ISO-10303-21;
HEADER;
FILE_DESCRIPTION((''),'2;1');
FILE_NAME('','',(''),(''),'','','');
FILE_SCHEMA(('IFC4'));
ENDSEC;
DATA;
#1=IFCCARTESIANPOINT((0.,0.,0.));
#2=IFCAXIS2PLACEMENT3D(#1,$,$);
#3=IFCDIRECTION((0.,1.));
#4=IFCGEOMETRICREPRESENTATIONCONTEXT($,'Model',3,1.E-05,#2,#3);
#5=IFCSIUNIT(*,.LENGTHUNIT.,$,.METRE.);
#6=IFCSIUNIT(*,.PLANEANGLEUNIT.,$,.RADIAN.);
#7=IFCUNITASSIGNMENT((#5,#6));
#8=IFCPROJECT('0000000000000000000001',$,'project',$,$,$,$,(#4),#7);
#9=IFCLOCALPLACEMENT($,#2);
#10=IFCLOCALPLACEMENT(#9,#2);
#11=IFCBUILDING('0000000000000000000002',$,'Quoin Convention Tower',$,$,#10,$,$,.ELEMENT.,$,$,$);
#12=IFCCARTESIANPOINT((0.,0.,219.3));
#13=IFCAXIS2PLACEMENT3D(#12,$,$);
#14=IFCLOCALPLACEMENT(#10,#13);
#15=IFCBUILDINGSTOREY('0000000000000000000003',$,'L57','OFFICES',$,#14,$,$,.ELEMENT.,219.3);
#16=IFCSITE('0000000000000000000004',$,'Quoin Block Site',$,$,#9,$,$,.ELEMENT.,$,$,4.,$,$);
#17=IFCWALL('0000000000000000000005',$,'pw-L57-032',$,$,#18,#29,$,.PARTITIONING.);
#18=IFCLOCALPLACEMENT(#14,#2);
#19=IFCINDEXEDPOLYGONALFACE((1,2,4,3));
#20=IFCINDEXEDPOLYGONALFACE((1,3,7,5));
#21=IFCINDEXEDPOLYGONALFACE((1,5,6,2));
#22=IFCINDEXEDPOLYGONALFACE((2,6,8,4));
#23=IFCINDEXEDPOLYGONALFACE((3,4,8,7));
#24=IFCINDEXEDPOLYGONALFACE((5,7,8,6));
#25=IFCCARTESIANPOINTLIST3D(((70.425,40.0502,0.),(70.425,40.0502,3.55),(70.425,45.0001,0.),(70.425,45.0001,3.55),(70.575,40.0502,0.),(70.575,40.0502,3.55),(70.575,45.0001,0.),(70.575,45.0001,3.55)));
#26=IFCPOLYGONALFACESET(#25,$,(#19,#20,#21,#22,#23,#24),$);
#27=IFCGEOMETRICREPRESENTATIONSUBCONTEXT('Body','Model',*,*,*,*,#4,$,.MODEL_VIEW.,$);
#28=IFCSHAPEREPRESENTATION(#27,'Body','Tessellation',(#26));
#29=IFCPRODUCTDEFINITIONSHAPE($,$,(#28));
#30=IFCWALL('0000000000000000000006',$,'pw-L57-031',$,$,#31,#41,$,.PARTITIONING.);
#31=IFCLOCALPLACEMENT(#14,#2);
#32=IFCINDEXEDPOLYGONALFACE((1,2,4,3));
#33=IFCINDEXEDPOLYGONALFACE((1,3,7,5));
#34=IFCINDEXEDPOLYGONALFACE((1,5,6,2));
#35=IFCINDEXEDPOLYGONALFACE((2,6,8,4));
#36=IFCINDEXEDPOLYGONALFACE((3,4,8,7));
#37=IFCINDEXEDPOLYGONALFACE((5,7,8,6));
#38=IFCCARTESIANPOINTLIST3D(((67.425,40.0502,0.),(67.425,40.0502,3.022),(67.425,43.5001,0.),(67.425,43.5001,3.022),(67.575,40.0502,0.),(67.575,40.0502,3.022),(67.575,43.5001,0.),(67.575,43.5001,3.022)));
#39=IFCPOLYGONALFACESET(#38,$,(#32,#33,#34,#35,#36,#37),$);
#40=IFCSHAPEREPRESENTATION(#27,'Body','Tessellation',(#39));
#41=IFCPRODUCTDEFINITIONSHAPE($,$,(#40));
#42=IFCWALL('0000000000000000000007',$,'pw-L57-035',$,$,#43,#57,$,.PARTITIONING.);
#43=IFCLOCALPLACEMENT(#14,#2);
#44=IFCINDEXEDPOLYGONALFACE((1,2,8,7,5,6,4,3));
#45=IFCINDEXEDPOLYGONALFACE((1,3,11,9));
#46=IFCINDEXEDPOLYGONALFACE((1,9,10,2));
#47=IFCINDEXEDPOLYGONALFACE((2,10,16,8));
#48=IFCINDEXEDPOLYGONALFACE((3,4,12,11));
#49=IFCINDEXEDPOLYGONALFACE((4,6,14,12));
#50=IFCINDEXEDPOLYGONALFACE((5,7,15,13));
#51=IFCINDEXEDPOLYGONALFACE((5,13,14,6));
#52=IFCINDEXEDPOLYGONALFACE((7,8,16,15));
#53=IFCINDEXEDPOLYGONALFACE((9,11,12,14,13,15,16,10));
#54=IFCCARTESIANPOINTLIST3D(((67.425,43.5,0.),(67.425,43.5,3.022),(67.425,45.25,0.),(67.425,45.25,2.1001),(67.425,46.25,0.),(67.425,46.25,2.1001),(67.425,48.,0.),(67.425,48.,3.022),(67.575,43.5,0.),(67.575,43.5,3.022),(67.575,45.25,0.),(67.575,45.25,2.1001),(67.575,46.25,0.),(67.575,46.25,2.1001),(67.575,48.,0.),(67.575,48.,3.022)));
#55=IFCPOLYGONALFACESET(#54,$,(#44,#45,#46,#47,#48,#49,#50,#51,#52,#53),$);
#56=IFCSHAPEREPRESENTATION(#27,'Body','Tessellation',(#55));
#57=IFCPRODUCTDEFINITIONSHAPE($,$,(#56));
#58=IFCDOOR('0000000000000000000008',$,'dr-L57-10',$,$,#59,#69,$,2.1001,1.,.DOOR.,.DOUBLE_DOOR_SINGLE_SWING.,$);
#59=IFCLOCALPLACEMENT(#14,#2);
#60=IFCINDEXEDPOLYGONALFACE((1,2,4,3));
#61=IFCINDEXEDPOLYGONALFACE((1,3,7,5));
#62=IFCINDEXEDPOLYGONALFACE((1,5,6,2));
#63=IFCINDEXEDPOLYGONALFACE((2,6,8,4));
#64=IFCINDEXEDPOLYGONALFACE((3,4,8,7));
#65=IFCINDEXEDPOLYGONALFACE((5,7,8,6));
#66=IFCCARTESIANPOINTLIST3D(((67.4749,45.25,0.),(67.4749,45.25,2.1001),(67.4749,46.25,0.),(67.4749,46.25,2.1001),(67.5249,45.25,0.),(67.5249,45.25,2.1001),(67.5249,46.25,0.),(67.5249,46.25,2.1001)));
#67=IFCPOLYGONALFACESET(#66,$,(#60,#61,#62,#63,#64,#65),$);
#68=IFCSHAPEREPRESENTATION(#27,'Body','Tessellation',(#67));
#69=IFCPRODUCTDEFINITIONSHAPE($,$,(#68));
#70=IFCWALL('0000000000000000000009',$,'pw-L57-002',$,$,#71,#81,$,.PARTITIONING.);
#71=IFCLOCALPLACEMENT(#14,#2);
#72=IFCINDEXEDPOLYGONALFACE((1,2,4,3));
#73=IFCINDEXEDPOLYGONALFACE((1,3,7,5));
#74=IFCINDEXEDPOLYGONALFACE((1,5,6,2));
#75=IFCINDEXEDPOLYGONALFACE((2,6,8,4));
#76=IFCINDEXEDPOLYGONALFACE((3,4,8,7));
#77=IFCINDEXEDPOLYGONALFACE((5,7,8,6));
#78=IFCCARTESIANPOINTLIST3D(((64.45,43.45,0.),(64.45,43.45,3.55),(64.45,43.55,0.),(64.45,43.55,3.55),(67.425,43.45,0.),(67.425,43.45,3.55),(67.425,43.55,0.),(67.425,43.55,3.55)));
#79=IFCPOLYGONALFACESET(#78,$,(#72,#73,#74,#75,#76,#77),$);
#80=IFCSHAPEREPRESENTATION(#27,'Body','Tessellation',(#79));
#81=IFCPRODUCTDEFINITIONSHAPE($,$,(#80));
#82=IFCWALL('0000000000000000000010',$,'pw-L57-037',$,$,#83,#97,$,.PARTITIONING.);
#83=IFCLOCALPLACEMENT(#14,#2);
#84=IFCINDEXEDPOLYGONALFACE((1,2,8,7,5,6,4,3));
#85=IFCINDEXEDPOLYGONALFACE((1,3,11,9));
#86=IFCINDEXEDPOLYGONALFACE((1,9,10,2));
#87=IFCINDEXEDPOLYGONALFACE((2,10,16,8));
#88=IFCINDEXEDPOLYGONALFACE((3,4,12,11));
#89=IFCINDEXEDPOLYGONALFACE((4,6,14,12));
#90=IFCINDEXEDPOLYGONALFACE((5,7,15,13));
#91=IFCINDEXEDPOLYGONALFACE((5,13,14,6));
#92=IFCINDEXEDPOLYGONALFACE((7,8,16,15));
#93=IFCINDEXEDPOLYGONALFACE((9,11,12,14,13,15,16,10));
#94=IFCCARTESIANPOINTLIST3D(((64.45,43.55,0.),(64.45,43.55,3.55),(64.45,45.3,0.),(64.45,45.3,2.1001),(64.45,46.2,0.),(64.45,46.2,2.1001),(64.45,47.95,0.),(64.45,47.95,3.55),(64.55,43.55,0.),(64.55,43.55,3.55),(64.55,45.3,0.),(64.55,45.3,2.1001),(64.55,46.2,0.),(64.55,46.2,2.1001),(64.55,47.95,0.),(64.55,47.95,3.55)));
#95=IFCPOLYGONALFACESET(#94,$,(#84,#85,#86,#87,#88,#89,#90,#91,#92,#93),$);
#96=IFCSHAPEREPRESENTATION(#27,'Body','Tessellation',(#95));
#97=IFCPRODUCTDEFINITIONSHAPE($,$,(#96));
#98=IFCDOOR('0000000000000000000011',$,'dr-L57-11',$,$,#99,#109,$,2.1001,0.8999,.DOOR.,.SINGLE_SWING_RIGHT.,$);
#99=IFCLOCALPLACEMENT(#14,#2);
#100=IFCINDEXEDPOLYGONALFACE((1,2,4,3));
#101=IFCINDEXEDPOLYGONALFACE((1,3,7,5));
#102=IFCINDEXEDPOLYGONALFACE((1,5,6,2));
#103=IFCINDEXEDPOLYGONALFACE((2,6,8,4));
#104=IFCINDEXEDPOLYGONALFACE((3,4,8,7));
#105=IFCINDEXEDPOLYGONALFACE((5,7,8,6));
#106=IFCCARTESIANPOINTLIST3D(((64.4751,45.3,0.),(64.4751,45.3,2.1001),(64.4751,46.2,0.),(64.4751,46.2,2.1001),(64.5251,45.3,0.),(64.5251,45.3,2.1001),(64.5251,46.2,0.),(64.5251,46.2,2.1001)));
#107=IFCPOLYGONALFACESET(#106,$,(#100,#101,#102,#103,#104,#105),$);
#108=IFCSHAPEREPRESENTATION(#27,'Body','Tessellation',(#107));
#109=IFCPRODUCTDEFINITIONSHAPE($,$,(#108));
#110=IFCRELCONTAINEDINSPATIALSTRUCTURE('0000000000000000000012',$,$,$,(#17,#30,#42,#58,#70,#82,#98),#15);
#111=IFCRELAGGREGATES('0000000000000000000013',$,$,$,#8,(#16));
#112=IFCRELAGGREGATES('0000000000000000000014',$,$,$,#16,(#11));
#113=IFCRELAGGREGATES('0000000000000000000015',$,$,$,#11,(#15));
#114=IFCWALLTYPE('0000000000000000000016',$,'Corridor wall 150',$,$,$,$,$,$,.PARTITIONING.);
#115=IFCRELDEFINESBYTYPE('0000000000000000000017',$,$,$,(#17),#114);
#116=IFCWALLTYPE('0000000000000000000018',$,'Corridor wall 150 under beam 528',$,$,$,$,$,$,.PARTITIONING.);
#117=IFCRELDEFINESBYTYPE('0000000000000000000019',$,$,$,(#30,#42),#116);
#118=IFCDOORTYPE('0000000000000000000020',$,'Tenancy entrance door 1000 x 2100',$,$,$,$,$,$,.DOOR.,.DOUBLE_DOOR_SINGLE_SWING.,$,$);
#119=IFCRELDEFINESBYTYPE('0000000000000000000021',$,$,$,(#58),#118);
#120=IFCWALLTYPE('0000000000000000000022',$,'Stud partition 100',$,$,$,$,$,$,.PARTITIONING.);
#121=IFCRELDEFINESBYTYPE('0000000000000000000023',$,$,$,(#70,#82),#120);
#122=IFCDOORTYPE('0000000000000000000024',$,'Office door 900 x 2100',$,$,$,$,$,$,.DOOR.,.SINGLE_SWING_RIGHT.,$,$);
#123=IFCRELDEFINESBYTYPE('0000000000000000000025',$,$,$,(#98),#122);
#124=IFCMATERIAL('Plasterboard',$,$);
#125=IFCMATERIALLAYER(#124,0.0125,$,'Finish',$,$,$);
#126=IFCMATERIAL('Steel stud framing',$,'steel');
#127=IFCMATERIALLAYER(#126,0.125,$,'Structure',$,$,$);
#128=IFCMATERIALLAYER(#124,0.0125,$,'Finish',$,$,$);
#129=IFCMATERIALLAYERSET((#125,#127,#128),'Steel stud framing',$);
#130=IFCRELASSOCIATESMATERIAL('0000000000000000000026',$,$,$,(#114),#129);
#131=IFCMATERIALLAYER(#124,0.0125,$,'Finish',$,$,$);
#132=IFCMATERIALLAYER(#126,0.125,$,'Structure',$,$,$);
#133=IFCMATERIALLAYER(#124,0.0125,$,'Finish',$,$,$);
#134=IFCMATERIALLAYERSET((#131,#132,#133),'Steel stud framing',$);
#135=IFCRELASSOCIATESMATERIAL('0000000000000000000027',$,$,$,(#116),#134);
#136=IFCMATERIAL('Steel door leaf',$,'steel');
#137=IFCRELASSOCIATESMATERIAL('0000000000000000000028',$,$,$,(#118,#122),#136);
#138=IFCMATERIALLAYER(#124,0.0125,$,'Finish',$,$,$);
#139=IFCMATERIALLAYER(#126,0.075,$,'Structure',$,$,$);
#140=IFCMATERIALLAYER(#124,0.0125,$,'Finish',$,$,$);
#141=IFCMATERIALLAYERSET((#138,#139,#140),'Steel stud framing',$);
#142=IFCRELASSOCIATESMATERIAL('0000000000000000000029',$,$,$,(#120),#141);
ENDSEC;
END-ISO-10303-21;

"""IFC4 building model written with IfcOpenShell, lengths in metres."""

from ifc_helpers import new_model, si_unit, direction, frame, frame_2d, origin, place, context, subcontext, project, spatial, rectangle, extrude, material, layer, layer_set, type_object, element, fill, save


model = new_model("IFC4")

# Units and contexts
model_context = context("Model", 3, precision=1e-05, world=origin(), true_north=direction((0.0, 1.0)))
body_context = subcontext(model_context, "Body", "Model", "MODEL_VIEW")
ifc_project = project(units=[si_unit("LENGTHUNIT", "METRE"), si_unit("PLANEANGLEUNIT", "RADIAN")], contexts=[model_context])

# Site, building, storey
site_placement = place(None, origin())
site = spatial("IfcSite", under=ifc_project, at=site_placement, Name="Quoin Block Site", CompositionType="ELEMENT", RefElevation=4.0)
building_placement = place(site_placement, origin())
building = spatial("IfcBuilding", under=site, at=building_placement, Name="Quoin Convention Tower", CompositionType="ELEMENT")
storey_placement = place(building_placement, frame((0.0, 0.0, 219.3)))
storey = spatial("IfcBuildingStorey", under=building, at=storey_placement, Name="L57", Description="OFFICES", CompositionType="ELEMENT", Elevation=219.3)

# Shared definitions
ifc_material_1 = material(Name="Plasterboard")
ifc_material_2 = material(Name="Steel stud framing", Category="steel")

# Walls
ifc_layer_1 = layer(ifc_material_1, 0.0125, Name="Finish")
ifc_layer_2 = layer(ifc_material_2, 0.125, Name="Structure")
ifc_layer_3 = layer(ifc_material_1, 0.0125, Name="Finish")
ifc_layer_set_1 = layer_set([ifc_layer_1, ifc_layer_2, ifc_layer_3], Name="Steel stud framing")
wall_type_1 = type_object("IfcWallType", Name="Corridor wall 150", PredefinedType="PARTITIONING", material=ifc_layer_set_1)
wall_1_placement = place(storey_placement, frame((70.5, 40.05, 0.0), z_axis=(0.0, 0.0, 1.0), x_axis=(0.0, 1.0, 0.0)))
element("IfcWall", 1, at=wall_1_placement, inside=storey, type_object=wall_type_1, Name="pw-L57-032", PredefinedType="PARTITIONING", context=body_context, shape_type="SweptSolid", body=[
    extrude(rectangle(XDim=4.95, YDim=0.1499, at=frame_2d((2.4751, 0.0))), origin(), (0.0, 0.0, 1.0), 3.55),
])
ifc_layer_4 = layer(ifc_material_1, 0.0125, Name="Finish")
ifc_layer_5 = layer(ifc_material_2, 0.125, Name="Structure")
ifc_layer_6 = layer(ifc_material_1, 0.0125, Name="Finish")
ifc_layer_set_2 = layer_set([ifc_layer_4, ifc_layer_5, ifc_layer_6], Name="Steel stud framing")
wall_type_2 = type_object("IfcWallType", Name="Corridor wall 150 under beam 528", PredefinedType="PARTITIONING", material=ifc_layer_set_2)
wall_2_placement = place(storey_placement, frame((67.5, 40.05, 0.0), z_axis=(0.0, 0.0, 1.0), x_axis=(0.0, 1.0, 0.0)))
element("IfcWall", 2, at=wall_2_placement, inside=storey, type_object=wall_type_2, Name="pw-L57-031", PredefinedType="PARTITIONING", context=body_context, shape_type="SweptSolid", body=[
    extrude(rectangle(XDim=3.45, YDim=0.1499, at=frame_2d((1.7251, 0.0))), origin(), (0.0, 0.0, 1.0), 3.022),
])

# Wall, opening, door
wall_3_placement = place(storey_placement, frame((67.5, 43.5, 0.0), z_axis=(0.0, 0.0, 1.0), x_axis=(0.0, 1.0, 0.0)))
wall_3 = element("IfcWall", 3, at=wall_3_placement, inside=storey, type_object=wall_type_2, Name="pw-L57-035", PredefinedType="PARTITIONING", context=body_context, shape_type="SweptSolid", body=[
    extrude(rectangle(XDim=4.5, YDim=0.1499, at=frame_2d((2.25, 0.0))), origin(), (0.0, 0.0, 1.0), 3.022),
])
opening_1_placement = place(wall_3_placement, frame((1.75, 0.0, 0.0)))
opening_1 = element("IfcOpeningElement", 4, at=opening_1_placement, cuts=wall_3, PredefinedType="OPENING", context=body_context, shape_type="SweptSolid", body=[
    extrude(rectangle(XDim=1.0, YDim=2.1001, at=frame_2d((0.5, 1.05))), frame((0.0, 0.085, 0.0), z_axis=(0.0, -1.0, 0.0), x_axis=(1.0, 0.0, 0.0)), (0.0, 0.0, 1.0), 0.1699),
])
ifc_material_3 = material(Name="Steel door leaf", Category="steel")
door_type_1 = type_object("IfcDoorType", Name="Tenancy entrance door 1000 x 2100", OperationType="DOUBLE_DOOR_SINGLE_SWING", PredefinedType="DOOR", material=ifc_material_3)
door_1_placement = place(opening_1_placement, frame((1.0, 0.0, 0.0), z_axis=(0.0, 0.0, 1.0), x_axis=(-1.0, 0.0, 0.0)))
door_1 = element("IfcDoor", 5, at=door_1_placement, inside=storey, type_object=door_type_1, Name="dr-L57-10", OperationType="DOUBLE_DOOR_SINGLE_SWING", OverallHeight=2.1001, OverallWidth=1.0, PredefinedType="DOOR", context=body_context, shape_type="SweptSolid", body=[
    extrude(rectangle(XDim=1.0, YDim=2.1001, at=frame_2d((0.5, 1.05))), frame((0.0, 0.0249, 0.0), z_axis=(0.0, -1.0, 0.0), x_axis=(1.0, 0.0, 0.0)), (0.0, 0.0, 1.0), 0.05),
])
fill(opening_1, door_1)

# Wall
ifc_layer_7 = layer(ifc_material_1, 0.0125, Name="Finish")
ifc_layer_8 = layer(ifc_material_2, 0.075, Name="Structure")
ifc_layer_9 = layer(ifc_material_1, 0.0125, Name="Finish")
ifc_layer_set_3 = layer_set([ifc_layer_7, ifc_layer_8, ifc_layer_9], Name="Steel stud framing")
wall_type_3 = type_object("IfcWallType", Name="Stud partition 100", PredefinedType="PARTITIONING", material=ifc_layer_set_3)
wall_4_placement = place(storey_placement, frame((64.45, 43.5, 0.0), z_axis=(0.0, 0.0, 1.0), x_axis=(1.0, 0.0, 0.0)))
element("IfcWall", 6, at=wall_4_placement, inside=storey, type_object=wall_type_3, Name="pw-L57-002", PredefinedType="PARTITIONING", context=body_context, shape_type="SweptSolid", body=[
    extrude(rectangle(XDim=2.9751, YDim=0.1001, at=frame_2d((1.4875, 0.0))), origin(), (0.0, 0.0, 1.0), 3.55),
])

# Wall, opening, door
wall_5_placement = place(storey_placement, frame((64.5, 43.55, 0.0), z_axis=(0.0, 0.0, 1.0), x_axis=(0.0, 1.0, 0.0)))
wall_5 = element("IfcWall", 7, at=wall_5_placement, inside=storey, type_object=wall_type_3, Name="pw-L57-037", PredefinedType="PARTITIONING", context=body_context, shape_type="SweptSolid", body=[
    extrude(rectangle(XDim=4.3999, YDim=0.1001, at=frame_2d((2.2, 0.0))), origin(), (0.0, 0.0, 1.0), 3.55),
])
opening_2_placement = place(wall_5_placement, frame((1.75, 0.0, 0.0)))
opening_2 = element("IfcOpeningElement", 8, at=opening_2_placement, cuts=wall_5, PredefinedType="OPENING", context=body_context, shape_type="SweptSolid", body=[
    extrude(rectangle(XDim=0.8999, YDim=2.1001, at=frame_2d((0.45, 1.05))), frame((0.0, 0.0601, 0.0), z_axis=(0.0, -1.0, 0.0), x_axis=(1.0, 0.0, 0.0)), (0.0, 0.0, 1.0), 0.1201),
])
door_type_2 = type_object("IfcDoorType", Name="Office door 900 x 2100", OperationType="SINGLE_SWING_RIGHT", PredefinedType="DOOR", material=ifc_material_3)
door_2_placement = place(opening_2_placement, origin())
door_2 = element("IfcDoor", 9, at=door_2_placement, inside=storey, type_object=door_type_2, Name="dr-L57-11", OperationType="SINGLE_SWING_RIGHT", OverallHeight=2.1001, OverallWidth=0.8999, PredefinedType="DOOR", context=body_context, shape_type="SweptSolid", body=[
    extrude(rectangle(XDim=0.8999, YDim=2.1001, at=frame_2d((0.45, 1.05))), frame((0.0, 0.0249, 0.0), z_axis=(0.0, -1.0, 0.0), x_axis=(1.0, 0.0, 0.0)), (0.0, 0.0, 1.0), 0.05),
])
fill(opening_2, door_2)

save(model, "model.ifc")
